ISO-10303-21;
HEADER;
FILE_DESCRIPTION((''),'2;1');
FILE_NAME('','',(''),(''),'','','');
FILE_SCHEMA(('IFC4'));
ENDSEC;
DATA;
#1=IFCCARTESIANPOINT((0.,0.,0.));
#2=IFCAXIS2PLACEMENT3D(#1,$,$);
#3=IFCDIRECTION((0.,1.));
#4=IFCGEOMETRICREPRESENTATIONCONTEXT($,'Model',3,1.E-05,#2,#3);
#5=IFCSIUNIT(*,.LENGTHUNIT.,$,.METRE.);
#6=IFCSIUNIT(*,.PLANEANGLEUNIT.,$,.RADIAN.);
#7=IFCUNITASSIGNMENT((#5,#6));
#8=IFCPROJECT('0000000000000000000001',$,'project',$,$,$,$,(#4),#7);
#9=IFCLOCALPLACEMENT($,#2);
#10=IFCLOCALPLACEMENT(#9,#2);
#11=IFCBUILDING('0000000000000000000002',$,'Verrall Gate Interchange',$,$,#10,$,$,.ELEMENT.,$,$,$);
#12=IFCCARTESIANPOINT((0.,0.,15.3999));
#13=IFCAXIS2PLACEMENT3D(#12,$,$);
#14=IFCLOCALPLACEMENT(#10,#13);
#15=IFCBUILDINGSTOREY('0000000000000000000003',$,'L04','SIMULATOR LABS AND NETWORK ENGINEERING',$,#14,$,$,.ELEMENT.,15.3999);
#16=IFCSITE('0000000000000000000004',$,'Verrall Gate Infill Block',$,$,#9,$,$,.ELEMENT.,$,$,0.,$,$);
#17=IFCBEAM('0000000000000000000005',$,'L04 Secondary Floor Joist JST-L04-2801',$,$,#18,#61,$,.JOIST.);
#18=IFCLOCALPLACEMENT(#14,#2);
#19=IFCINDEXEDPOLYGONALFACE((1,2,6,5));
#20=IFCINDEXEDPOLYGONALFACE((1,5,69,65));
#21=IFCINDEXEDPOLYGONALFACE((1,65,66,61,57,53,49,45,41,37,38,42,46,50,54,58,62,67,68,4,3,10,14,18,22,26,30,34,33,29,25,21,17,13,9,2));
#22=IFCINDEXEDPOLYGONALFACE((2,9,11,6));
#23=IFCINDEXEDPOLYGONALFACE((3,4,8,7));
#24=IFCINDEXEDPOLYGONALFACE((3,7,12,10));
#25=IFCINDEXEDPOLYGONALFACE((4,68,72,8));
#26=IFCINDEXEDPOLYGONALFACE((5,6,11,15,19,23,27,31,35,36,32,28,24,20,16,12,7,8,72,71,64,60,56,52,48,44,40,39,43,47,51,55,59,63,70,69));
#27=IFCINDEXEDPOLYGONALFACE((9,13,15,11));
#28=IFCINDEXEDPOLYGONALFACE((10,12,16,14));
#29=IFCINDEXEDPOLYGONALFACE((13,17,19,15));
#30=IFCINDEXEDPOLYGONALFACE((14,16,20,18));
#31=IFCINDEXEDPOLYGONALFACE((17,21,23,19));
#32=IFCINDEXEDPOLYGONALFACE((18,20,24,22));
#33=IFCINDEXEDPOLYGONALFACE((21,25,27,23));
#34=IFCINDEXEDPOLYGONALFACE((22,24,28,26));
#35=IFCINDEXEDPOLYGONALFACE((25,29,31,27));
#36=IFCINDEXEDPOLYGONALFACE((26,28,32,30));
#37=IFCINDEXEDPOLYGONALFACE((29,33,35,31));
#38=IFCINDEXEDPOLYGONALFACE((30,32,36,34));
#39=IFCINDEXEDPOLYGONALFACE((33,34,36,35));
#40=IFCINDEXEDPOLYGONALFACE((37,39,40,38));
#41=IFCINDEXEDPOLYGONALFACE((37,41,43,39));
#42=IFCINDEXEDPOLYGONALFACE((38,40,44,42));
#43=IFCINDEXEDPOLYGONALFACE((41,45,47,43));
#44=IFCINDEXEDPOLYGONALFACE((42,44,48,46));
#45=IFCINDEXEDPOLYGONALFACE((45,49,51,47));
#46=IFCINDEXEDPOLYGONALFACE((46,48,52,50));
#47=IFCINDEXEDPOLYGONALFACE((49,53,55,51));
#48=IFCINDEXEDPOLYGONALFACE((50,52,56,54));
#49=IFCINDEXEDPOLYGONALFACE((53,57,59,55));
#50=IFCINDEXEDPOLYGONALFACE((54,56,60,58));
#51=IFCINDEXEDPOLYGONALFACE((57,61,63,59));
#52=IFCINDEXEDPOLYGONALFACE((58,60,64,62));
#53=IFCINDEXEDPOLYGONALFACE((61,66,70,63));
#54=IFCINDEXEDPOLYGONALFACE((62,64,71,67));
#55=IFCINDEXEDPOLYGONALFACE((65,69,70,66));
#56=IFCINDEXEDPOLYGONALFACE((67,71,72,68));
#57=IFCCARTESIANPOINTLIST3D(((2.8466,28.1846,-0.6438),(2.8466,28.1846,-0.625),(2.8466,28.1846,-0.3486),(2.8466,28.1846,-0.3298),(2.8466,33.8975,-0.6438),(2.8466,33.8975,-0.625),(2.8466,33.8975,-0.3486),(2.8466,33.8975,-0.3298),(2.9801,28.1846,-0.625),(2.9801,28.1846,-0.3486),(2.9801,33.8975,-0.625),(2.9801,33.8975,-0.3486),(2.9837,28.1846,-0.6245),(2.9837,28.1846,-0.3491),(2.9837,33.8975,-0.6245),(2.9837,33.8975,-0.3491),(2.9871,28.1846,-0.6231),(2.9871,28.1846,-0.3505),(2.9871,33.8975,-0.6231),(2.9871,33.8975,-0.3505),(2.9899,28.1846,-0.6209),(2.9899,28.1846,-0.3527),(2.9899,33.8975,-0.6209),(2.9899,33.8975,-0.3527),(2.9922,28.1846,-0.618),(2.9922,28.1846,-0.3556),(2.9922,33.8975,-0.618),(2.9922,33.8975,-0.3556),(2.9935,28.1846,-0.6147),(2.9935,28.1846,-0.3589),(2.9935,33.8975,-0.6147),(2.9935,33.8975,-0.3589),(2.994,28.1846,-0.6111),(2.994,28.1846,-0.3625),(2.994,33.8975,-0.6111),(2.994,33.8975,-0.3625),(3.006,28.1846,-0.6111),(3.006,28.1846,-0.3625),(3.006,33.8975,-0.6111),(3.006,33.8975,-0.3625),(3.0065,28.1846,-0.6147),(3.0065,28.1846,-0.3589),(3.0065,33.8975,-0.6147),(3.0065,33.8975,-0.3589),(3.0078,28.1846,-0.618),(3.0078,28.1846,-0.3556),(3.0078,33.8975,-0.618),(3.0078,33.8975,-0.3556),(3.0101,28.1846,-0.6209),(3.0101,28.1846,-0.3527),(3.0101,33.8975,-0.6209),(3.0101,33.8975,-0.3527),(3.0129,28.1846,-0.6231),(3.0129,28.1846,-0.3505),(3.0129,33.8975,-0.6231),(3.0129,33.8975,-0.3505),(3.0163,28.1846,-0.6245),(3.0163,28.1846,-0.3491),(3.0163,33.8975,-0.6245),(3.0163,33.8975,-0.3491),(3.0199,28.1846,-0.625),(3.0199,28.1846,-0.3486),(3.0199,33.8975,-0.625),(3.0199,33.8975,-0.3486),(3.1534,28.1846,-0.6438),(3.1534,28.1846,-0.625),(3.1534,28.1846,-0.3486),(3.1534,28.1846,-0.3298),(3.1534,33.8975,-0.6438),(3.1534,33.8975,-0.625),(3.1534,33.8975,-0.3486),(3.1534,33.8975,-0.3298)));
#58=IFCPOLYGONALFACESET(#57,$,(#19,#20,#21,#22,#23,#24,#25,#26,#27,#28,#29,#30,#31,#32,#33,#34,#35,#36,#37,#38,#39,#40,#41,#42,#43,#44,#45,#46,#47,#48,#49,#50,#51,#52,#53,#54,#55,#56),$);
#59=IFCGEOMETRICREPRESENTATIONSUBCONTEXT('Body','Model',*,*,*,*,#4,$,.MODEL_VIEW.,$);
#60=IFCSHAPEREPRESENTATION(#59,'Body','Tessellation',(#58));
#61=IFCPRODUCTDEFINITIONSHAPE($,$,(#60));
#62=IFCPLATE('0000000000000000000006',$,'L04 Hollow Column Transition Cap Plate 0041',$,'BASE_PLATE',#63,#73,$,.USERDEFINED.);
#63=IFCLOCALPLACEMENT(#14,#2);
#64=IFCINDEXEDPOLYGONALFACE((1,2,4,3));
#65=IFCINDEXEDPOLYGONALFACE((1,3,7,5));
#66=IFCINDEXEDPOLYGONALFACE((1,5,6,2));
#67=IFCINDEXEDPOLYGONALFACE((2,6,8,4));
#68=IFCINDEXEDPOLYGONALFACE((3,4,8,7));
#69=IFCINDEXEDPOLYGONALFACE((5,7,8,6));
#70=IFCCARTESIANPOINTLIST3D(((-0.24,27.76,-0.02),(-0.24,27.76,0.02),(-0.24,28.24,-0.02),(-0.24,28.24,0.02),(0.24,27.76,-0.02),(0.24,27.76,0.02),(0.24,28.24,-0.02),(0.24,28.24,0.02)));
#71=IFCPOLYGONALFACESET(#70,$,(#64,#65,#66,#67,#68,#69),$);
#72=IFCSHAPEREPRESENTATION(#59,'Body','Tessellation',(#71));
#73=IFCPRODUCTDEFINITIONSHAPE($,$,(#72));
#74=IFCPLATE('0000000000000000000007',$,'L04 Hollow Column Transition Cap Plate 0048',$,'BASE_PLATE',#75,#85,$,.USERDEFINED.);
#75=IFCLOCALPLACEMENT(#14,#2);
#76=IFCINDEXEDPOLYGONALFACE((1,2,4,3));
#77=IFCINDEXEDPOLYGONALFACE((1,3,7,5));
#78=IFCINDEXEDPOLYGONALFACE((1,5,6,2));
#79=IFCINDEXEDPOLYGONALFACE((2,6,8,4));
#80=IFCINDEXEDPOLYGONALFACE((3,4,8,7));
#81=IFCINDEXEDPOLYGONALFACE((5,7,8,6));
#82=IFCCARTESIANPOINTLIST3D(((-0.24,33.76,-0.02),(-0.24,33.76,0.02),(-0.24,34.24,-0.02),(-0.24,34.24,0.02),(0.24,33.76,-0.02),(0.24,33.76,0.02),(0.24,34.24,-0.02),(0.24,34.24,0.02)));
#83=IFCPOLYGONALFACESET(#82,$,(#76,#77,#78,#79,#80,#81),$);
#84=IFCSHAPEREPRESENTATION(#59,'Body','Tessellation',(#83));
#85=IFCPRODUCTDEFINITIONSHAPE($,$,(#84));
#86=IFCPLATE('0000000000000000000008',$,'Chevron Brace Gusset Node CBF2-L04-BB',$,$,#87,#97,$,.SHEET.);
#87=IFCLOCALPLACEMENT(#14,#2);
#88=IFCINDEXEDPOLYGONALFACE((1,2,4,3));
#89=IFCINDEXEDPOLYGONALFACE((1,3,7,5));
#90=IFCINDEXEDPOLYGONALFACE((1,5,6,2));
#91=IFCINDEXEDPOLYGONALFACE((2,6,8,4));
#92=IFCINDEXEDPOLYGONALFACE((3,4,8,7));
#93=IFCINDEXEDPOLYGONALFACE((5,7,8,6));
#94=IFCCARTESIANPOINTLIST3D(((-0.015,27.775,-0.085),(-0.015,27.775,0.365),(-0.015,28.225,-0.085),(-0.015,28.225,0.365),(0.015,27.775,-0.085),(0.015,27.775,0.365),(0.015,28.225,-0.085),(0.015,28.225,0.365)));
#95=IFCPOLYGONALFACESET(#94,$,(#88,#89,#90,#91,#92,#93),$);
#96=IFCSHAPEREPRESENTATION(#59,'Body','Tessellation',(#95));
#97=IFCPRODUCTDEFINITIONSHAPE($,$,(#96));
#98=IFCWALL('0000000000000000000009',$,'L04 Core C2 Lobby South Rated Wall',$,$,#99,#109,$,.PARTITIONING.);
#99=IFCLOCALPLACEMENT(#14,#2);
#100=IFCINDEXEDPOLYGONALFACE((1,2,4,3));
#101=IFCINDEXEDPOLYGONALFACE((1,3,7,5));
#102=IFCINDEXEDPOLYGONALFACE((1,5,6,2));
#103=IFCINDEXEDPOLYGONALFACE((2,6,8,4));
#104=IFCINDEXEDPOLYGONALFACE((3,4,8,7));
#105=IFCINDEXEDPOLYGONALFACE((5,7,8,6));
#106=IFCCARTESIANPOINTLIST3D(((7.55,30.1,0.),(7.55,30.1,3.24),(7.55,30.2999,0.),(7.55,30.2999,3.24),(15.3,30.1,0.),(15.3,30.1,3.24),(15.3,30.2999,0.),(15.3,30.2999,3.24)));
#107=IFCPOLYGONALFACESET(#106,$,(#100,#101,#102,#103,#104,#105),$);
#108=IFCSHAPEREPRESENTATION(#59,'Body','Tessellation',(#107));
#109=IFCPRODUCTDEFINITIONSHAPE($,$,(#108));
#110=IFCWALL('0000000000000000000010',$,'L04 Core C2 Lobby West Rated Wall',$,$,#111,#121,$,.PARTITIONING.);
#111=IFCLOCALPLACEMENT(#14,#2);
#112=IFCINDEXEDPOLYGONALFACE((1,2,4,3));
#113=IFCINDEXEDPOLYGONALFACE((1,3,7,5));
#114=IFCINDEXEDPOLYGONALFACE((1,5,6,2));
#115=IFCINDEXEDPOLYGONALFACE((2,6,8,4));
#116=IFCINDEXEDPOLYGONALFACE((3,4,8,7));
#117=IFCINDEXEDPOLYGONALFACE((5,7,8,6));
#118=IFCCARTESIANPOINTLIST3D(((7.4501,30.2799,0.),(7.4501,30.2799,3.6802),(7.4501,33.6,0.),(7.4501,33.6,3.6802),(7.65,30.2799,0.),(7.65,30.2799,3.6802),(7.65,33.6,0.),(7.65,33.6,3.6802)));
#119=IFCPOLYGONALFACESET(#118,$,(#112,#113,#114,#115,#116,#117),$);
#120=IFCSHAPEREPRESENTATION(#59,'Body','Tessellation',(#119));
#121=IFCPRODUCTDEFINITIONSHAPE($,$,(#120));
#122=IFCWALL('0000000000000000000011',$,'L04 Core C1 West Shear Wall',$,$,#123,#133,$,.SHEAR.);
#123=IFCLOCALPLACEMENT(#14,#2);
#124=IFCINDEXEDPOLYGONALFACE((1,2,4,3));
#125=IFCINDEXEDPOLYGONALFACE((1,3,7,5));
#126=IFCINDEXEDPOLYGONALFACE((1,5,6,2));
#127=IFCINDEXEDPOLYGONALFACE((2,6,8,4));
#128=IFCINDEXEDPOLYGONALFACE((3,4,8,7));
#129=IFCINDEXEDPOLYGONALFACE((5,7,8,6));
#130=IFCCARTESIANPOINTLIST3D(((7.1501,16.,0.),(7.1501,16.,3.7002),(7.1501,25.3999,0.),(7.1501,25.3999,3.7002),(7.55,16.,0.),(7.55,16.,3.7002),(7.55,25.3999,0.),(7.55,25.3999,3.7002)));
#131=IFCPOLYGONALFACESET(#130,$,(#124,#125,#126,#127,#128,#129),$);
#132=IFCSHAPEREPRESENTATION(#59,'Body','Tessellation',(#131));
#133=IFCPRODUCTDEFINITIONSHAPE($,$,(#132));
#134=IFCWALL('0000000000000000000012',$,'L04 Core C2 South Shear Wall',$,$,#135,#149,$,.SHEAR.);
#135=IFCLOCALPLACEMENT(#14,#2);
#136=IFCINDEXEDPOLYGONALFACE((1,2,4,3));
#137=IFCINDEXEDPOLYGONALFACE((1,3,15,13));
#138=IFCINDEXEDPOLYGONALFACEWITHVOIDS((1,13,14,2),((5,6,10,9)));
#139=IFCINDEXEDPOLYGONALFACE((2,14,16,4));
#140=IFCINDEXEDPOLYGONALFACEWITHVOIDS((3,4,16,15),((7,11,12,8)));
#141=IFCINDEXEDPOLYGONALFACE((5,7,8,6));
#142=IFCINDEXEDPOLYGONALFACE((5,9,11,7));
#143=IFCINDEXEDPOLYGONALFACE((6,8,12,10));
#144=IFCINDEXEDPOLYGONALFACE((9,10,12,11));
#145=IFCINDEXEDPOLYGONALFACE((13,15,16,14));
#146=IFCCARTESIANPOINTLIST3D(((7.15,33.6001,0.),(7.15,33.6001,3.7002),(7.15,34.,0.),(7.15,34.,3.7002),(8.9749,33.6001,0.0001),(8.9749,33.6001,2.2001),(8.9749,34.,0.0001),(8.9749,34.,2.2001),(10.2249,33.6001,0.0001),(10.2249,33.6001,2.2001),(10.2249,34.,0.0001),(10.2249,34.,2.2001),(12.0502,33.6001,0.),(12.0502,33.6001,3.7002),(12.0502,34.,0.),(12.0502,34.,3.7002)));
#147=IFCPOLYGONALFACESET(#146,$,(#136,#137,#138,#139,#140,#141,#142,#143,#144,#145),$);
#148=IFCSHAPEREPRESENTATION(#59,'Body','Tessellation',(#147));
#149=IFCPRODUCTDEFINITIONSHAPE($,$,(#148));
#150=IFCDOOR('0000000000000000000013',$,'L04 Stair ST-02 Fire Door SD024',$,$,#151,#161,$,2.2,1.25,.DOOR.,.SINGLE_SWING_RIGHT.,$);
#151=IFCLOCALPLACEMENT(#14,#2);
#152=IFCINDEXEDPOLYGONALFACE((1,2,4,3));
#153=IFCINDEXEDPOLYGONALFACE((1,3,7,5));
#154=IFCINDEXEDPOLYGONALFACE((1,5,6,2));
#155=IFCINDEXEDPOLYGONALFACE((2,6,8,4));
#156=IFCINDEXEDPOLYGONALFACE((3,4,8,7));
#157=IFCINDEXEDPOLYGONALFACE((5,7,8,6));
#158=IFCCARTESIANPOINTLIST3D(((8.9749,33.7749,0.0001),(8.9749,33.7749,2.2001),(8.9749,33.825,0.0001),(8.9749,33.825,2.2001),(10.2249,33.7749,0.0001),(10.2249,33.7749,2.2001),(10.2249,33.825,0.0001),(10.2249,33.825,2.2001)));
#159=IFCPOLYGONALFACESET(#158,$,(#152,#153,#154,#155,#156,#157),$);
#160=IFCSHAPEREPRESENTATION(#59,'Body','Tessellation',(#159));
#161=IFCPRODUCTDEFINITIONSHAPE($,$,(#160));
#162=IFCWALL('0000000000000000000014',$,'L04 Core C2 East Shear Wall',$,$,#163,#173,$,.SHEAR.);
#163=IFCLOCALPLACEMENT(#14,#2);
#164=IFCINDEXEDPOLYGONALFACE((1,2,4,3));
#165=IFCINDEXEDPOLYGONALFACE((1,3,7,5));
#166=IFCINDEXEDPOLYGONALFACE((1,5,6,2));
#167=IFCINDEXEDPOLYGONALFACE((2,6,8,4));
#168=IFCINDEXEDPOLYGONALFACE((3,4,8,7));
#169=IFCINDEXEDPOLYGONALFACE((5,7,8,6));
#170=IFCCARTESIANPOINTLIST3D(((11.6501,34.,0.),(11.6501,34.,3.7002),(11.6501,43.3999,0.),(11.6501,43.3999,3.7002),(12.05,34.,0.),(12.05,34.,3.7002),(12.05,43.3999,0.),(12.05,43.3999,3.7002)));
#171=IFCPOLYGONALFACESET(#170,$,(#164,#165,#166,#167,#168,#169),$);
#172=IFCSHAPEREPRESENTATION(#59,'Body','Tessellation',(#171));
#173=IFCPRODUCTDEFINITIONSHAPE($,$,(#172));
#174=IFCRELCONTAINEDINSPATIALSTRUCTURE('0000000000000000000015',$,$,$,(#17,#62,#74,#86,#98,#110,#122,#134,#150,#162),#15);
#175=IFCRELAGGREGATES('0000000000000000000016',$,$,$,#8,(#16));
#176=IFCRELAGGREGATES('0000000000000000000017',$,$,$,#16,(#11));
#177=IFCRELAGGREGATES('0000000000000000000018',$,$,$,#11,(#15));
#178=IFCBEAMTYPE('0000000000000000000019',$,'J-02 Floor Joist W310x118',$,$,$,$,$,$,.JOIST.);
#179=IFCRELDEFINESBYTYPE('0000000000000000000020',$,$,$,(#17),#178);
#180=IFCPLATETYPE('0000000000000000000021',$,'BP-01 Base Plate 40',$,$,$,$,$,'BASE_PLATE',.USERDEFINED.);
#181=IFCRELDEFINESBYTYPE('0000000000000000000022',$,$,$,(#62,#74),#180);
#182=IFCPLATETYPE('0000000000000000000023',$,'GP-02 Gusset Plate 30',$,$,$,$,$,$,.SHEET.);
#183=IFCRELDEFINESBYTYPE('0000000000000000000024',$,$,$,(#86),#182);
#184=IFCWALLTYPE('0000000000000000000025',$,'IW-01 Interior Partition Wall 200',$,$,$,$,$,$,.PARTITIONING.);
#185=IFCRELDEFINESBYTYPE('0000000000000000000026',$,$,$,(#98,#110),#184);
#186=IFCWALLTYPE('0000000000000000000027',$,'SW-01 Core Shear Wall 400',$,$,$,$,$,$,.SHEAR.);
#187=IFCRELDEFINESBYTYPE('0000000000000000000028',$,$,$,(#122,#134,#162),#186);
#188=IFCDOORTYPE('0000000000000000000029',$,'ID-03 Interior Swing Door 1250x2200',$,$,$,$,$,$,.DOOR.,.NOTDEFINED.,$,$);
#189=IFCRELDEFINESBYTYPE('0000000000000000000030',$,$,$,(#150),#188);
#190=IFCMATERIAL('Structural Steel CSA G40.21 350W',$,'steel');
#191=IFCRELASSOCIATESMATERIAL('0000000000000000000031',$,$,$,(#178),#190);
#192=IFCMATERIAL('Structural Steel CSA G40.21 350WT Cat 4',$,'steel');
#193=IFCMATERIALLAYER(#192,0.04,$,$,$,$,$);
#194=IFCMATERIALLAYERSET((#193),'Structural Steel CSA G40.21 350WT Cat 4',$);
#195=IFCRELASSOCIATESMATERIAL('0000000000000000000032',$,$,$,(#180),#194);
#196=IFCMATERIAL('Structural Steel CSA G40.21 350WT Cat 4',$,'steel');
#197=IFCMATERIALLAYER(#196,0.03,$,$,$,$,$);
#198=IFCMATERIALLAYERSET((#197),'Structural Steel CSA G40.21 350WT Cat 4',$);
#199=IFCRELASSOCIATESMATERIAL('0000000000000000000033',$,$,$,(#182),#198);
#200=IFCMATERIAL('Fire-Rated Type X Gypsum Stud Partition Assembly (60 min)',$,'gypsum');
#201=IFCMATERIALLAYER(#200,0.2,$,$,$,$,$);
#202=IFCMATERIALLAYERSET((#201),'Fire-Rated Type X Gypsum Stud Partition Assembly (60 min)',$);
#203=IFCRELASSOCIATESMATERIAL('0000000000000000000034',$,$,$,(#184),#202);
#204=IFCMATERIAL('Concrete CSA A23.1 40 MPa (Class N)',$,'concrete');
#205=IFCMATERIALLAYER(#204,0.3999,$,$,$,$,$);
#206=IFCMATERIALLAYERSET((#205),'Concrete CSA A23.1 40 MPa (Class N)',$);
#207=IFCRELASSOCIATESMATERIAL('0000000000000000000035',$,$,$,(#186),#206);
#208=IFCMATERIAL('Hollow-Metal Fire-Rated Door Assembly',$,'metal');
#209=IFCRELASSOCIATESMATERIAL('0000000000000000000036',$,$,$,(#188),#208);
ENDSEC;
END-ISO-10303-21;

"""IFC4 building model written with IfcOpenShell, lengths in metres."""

from ifc_helpers import new_model, si_unit, direction, frame, frame_2d, origin, origin_2d, place, context, subcontext, project, spatial, rectangle, i_section, extrude, material, layer, layer_set, material_profile, profile_set, type_object, element, fill, save


model = new_model("IFC4")

# Units and contexts
model_context = context("Model", 3, precision=1e-05, world=origin(), true_north=direction((0.0, 1.0)))
body_context = subcontext(model_context, "Body", "Model", "MODEL_VIEW")
ifc_project = project(units=[si_unit("LENGTHUNIT", "METRE"), si_unit("PLANEANGLEUNIT", "RADIAN")], contexts=[model_context])

# Site, building, storey
site_placement = place(None, origin())
site = spatial("IfcSite", under=ifc_project, at=site_placement, Name="Verrall Gate Infill Block", CompositionType="ELEMENT", RefElevation=0.0)
building_placement = place(site_placement, origin())
building = spatial("IfcBuilding", under=site, at=building_placement, Name="Verrall Gate Interchange", CompositionType="ELEMENT")
storey_placement = place(building_placement, frame((0.0, 0.0, 15.3999)))
storey = spatial("IfcBuildingStorey", under=building, at=storey_placement, Name="L04", Description="SIMULATOR LABS AND NETWORK ENGINEERING", CompositionType="ELEMENT", Elevation=15.3999)

# Beam
ifc_material_1 = material(Name="Structural Steel CSA G40.21 350W", Category="steel")
ifc_material_profile_1 = material_profile(ifc_material_1, i_section(OverallWidth=0.3069, OverallDepth=0.314, WebThickness=0.012, FlangeThickness=0.0188, FilletRadius=0.0139, at=origin_2d()), Name="W310x118")
ifc_profile_set_1 = profile_set([ifc_material_profile_1], Name="Structural Steel CSA G40.21 350W")
beam_type_1 = type_object("IfcBeamType", Name="J-02 Floor Joist W310x118", PredefinedType="JOIST", material=ifc_profile_set_1)
beam_1_placement = place(storey_placement, frame((3.0, 28.1846, -0.4868), z_axis=(0.0, 1.0, 0.0), x_axis=(-1.0, 0.0, 0.0)))
element("IfcBeam", 1, at=beam_1_placement, inside=storey, type_object=beam_type_1, Name="L04 Secondary Floor Joist JST-L04-2801", PredefinedType="JOIST", context=body_context, shape_type="SweptSolid", body=[
    extrude(i_section(OverallWidth=0.3069, OverallDepth=0.314, WebThickness=0.012, FlangeThickness=0.0188, FilletRadius=0.0139, at=origin_2d()), origin(), (0.0, 0.0, 1.0), 5.7129),
])

# Plates
ifc_material_2 = material(Name="Structural Steel CSA G40.21 350WT Cat 4", Category="steel")
ifc_layer_1 = layer(ifc_material_2, 0.04)
ifc_layer_set_1 = layer_set([ifc_layer_1], Name="Structural Steel CSA G40.21 350WT Cat 4")
plate_type_1 = type_object("IfcPlateType", Name="BP-01 Base Plate 40", ElementType="BASE_PLATE", PredefinedType="USERDEFINED", material=ifc_layer_set_1)
for number, where, z_axis, x_axis, name in (
    (2, (0.0, 28.0, -0.02), (0.0, 0.0, 1.0), (1.0, 0.0, 0.0), "L04 Hollow Column Transition Cap Plate 0041"),
    (3, (0.0, 34.0, -0.02), (0.0, 0.0, 1.0), (1.0, 0.0, 0.0), "L04 Hollow Column Transition Cap Plate 0048"),
):
    element("IfcPlate", number, at=place(storey_placement, frame(where, z_axis=z_axis, x_axis=x_axis)), inside=storey, type_object=plate_type_1, Name=name, ObjectType="BASE_PLATE", PredefinedType="USERDEFINED", context=body_context, shape_type="SweptSolid", body=[
        extrude(rectangle(XDim=0.48, YDim=0.48, at=origin_2d()), origin(), (0.0, 0.0, 1.0), 0.04),
    ])
ifc_material_3 = material(Name="Structural Steel CSA G40.21 350WT Cat 4", Category="steel")
ifc_layer_2 = layer(ifc_material_3, 0.03)
ifc_layer_set_2 = layer_set([ifc_layer_2], Name="Structural Steel CSA G40.21 350WT Cat 4")
plate_type_2 = type_object("IfcPlateType", Name="GP-02 Gusset Plate 30", PredefinedType="SHEET", material=ifc_layer_set_2)
plate_placement = place(storey_placement, frame((0.0, 28.0, -0.085), z_axis=(0.0, 0.0, 1.0), x_axis=(1.0, 0.0, 0.0)))
element("IfcPlate", 4, at=plate_placement, inside=storey, type_object=plate_type_2, Name="Chevron Brace Gusset Node CBF2-L04-BB", PredefinedType="SHEET", context=body_context, shape_type="SweptSolid", body=[
    extrude(rectangle(XDim=0.03, YDim=0.45, at=origin_2d()), origin(), (0.0, 0.0, 1.0), 0.45),
])

# Walls
ifc_material_4 = material(Name="Fire-Rated Type X Gypsum Stud Partition Assembly (60 min)", Category="gypsum")
ifc_layer_3 = layer(ifc_material_4, 0.2)
ifc_layer_set_3 = layer_set([ifc_layer_3], Name="Fire-Rated Type X Gypsum Stud Partition Assembly (60 min)")
wall_type_1 = type_object("IfcWallType", Name="IW-01 Interior Partition Wall 200", PredefinedType="PARTITIONING", material=ifc_layer_set_3)
wall_1_placement = place(storey_placement, frame((7.55, 30.2, 0.0), z_axis=(0.0, 0.0, 1.0), x_axis=(1.0, 0.0, 0.0)))
element("IfcWall", 5, at=wall_1_placement, inside=storey, type_object=wall_type_1, Name="L04 Core C2 Lobby South Rated Wall", PredefinedType="PARTITIONING", context=body_context, shape_type="SweptSolid", body=[
    extrude(rectangle(XDim=7.75, YDim=0.2, at=frame_2d((3.875, 0.0))), origin(), (0.0, 0.0, 1.0), 3.24),
])
wall_2_placement = place(storey_placement, frame((7.55, 33.6001, 0.0), z_axis=(0.0, 0.0, 1.0), x_axis=(0.0, -1.0, 0.0)))
element("IfcWall", 6, at=wall_2_placement, inside=storey, type_object=wall_type_1, Name="L04 Core C2 Lobby West Rated Wall", PredefinedType="PARTITIONING", context=body_context, shape_type="SweptSolid", body=[
    extrude(rectangle(XDim=3.3201, YDim=0.2, at=frame_2d((1.6602, 0.0))), origin(), (0.0, 0.0, 1.0), 3.6802),
])
ifc_material_5 = material(Name="Concrete CSA A23.1 40 MPa (Class N)", Category="concrete")
ifc_layer_4 = layer(ifc_material_5, 0.3999)
ifc_layer_set_4 = layer_set([ifc_layer_4], Name="Concrete CSA A23.1 40 MPa (Class N)")
wall_type_2 = type_object("IfcWallType", Name="SW-01 Core Shear Wall 400", PredefinedType="SHEAR", material=ifc_layer_set_4)
wall_3_placement = place(storey_placement, frame((7.3501, 25.3999, 0.0), z_axis=(0.0, 0.0, 1.0), x_axis=(0.0, -1.0, 0.0)))
element("IfcWall", 7, at=wall_3_placement, inside=storey, type_object=wall_type_2, Name="L04 Core C1 West Shear Wall", PredefinedType="SHEAR", context=body_context, shape_type="SweptSolid", body=[
    extrude(rectangle(XDim=9.3999, YDim=0.3999, at=frame_2d((4.7, 0.0))), origin(), (0.0, 0.0, 1.0), 3.7002),
])

# Wall, opening, door
wall_4_placement = place(storey_placement, frame((7.1499, 33.8, 0.0), z_axis=(0.0, 0.0, 1.0), x_axis=(1.0, 0.0, 0.0)))
wall_4 = element("IfcWall", 8, at=wall_4_placement, inside=storey, type_object=wall_type_2, Name="L04 Core C2 South Shear Wall", PredefinedType="SHEAR", context=body_context, shape_type="SweptSolid", body=[
    extrude(rectangle(XDim=4.9001, YDim=0.3999, at=frame_2d((2.4502, 0.0))), origin(), (0.0, 0.0, 1.0), 3.7002),
])
opening_placement = place(wall_4_placement, frame((1.825, 0.0, 0.0)))
opening = element("IfcOpeningElement", 9, at=opening_placement, cuts=wall_4, PredefinedType="OPENING", context=body_context, shape_type="SweptSolid", body=[
    extrude(rectangle(XDim=1.25, YDim=2.2, at=frame_2d((0.625, 1.1001))), frame((0.0, 0.2148, 0.0), z_axis=(0.0, -1.0, 0.0), x_axis=(1.0, 0.0, 0.0)), (0.0, 0.0, 1.0), 0.4297),
])
ifc_material_6 = material(Name="Hollow-Metal Fire-Rated Door Assembly", Category="metal")
door_type = type_object("IfcDoorType", Name="ID-03 Interior Swing Door 1250x2200", OperationType="NOTDEFINED", PredefinedType="DOOR", material=ifc_material_6)
door_placement = place(opening_placement, origin())
door = element("IfcDoor", 10, at=door_placement, inside=storey, type_object=door_type, Name="L04 Stair ST-02 Fire Door SD024", OperationType="SINGLE_SWING_RIGHT", OverallHeight=2.2, OverallWidth=1.25, PredefinedType="DOOR", context=body_context, shape_type="SweptSolid", body=[
    extrude(rectangle(XDim=1.25, YDim=2.2, at=frame_2d((0.625, 1.1001))), frame((0.0, 0.0249, 0.0), z_axis=(0.0, -1.0, 0.0), x_axis=(1.0, 0.0, 0.0)), (0.0, 0.0, 1.0), 0.05),
])
fill(opening, door)

# Wall
wall_5_placement = place(storey_placement, frame((11.8501, 34.0, 0.0), z_axis=(0.0, 0.0, 1.0), x_axis=(0.0, 1.0, 0.0)))
element("IfcWall", 11, at=wall_5_placement, inside=storey, type_object=wall_type_2, Name="L04 Core C2 East Shear Wall", PredefinedType="SHEAR", context=body_context, shape_type="SweptSolid", body=[
    extrude(rectangle(XDim=9.3999, YDim=0.3999, at=frame_2d((4.7, 0.0))), origin(), (0.0, 0.0, 1.0), 3.7002),
])

save(model, "model.ifc")
